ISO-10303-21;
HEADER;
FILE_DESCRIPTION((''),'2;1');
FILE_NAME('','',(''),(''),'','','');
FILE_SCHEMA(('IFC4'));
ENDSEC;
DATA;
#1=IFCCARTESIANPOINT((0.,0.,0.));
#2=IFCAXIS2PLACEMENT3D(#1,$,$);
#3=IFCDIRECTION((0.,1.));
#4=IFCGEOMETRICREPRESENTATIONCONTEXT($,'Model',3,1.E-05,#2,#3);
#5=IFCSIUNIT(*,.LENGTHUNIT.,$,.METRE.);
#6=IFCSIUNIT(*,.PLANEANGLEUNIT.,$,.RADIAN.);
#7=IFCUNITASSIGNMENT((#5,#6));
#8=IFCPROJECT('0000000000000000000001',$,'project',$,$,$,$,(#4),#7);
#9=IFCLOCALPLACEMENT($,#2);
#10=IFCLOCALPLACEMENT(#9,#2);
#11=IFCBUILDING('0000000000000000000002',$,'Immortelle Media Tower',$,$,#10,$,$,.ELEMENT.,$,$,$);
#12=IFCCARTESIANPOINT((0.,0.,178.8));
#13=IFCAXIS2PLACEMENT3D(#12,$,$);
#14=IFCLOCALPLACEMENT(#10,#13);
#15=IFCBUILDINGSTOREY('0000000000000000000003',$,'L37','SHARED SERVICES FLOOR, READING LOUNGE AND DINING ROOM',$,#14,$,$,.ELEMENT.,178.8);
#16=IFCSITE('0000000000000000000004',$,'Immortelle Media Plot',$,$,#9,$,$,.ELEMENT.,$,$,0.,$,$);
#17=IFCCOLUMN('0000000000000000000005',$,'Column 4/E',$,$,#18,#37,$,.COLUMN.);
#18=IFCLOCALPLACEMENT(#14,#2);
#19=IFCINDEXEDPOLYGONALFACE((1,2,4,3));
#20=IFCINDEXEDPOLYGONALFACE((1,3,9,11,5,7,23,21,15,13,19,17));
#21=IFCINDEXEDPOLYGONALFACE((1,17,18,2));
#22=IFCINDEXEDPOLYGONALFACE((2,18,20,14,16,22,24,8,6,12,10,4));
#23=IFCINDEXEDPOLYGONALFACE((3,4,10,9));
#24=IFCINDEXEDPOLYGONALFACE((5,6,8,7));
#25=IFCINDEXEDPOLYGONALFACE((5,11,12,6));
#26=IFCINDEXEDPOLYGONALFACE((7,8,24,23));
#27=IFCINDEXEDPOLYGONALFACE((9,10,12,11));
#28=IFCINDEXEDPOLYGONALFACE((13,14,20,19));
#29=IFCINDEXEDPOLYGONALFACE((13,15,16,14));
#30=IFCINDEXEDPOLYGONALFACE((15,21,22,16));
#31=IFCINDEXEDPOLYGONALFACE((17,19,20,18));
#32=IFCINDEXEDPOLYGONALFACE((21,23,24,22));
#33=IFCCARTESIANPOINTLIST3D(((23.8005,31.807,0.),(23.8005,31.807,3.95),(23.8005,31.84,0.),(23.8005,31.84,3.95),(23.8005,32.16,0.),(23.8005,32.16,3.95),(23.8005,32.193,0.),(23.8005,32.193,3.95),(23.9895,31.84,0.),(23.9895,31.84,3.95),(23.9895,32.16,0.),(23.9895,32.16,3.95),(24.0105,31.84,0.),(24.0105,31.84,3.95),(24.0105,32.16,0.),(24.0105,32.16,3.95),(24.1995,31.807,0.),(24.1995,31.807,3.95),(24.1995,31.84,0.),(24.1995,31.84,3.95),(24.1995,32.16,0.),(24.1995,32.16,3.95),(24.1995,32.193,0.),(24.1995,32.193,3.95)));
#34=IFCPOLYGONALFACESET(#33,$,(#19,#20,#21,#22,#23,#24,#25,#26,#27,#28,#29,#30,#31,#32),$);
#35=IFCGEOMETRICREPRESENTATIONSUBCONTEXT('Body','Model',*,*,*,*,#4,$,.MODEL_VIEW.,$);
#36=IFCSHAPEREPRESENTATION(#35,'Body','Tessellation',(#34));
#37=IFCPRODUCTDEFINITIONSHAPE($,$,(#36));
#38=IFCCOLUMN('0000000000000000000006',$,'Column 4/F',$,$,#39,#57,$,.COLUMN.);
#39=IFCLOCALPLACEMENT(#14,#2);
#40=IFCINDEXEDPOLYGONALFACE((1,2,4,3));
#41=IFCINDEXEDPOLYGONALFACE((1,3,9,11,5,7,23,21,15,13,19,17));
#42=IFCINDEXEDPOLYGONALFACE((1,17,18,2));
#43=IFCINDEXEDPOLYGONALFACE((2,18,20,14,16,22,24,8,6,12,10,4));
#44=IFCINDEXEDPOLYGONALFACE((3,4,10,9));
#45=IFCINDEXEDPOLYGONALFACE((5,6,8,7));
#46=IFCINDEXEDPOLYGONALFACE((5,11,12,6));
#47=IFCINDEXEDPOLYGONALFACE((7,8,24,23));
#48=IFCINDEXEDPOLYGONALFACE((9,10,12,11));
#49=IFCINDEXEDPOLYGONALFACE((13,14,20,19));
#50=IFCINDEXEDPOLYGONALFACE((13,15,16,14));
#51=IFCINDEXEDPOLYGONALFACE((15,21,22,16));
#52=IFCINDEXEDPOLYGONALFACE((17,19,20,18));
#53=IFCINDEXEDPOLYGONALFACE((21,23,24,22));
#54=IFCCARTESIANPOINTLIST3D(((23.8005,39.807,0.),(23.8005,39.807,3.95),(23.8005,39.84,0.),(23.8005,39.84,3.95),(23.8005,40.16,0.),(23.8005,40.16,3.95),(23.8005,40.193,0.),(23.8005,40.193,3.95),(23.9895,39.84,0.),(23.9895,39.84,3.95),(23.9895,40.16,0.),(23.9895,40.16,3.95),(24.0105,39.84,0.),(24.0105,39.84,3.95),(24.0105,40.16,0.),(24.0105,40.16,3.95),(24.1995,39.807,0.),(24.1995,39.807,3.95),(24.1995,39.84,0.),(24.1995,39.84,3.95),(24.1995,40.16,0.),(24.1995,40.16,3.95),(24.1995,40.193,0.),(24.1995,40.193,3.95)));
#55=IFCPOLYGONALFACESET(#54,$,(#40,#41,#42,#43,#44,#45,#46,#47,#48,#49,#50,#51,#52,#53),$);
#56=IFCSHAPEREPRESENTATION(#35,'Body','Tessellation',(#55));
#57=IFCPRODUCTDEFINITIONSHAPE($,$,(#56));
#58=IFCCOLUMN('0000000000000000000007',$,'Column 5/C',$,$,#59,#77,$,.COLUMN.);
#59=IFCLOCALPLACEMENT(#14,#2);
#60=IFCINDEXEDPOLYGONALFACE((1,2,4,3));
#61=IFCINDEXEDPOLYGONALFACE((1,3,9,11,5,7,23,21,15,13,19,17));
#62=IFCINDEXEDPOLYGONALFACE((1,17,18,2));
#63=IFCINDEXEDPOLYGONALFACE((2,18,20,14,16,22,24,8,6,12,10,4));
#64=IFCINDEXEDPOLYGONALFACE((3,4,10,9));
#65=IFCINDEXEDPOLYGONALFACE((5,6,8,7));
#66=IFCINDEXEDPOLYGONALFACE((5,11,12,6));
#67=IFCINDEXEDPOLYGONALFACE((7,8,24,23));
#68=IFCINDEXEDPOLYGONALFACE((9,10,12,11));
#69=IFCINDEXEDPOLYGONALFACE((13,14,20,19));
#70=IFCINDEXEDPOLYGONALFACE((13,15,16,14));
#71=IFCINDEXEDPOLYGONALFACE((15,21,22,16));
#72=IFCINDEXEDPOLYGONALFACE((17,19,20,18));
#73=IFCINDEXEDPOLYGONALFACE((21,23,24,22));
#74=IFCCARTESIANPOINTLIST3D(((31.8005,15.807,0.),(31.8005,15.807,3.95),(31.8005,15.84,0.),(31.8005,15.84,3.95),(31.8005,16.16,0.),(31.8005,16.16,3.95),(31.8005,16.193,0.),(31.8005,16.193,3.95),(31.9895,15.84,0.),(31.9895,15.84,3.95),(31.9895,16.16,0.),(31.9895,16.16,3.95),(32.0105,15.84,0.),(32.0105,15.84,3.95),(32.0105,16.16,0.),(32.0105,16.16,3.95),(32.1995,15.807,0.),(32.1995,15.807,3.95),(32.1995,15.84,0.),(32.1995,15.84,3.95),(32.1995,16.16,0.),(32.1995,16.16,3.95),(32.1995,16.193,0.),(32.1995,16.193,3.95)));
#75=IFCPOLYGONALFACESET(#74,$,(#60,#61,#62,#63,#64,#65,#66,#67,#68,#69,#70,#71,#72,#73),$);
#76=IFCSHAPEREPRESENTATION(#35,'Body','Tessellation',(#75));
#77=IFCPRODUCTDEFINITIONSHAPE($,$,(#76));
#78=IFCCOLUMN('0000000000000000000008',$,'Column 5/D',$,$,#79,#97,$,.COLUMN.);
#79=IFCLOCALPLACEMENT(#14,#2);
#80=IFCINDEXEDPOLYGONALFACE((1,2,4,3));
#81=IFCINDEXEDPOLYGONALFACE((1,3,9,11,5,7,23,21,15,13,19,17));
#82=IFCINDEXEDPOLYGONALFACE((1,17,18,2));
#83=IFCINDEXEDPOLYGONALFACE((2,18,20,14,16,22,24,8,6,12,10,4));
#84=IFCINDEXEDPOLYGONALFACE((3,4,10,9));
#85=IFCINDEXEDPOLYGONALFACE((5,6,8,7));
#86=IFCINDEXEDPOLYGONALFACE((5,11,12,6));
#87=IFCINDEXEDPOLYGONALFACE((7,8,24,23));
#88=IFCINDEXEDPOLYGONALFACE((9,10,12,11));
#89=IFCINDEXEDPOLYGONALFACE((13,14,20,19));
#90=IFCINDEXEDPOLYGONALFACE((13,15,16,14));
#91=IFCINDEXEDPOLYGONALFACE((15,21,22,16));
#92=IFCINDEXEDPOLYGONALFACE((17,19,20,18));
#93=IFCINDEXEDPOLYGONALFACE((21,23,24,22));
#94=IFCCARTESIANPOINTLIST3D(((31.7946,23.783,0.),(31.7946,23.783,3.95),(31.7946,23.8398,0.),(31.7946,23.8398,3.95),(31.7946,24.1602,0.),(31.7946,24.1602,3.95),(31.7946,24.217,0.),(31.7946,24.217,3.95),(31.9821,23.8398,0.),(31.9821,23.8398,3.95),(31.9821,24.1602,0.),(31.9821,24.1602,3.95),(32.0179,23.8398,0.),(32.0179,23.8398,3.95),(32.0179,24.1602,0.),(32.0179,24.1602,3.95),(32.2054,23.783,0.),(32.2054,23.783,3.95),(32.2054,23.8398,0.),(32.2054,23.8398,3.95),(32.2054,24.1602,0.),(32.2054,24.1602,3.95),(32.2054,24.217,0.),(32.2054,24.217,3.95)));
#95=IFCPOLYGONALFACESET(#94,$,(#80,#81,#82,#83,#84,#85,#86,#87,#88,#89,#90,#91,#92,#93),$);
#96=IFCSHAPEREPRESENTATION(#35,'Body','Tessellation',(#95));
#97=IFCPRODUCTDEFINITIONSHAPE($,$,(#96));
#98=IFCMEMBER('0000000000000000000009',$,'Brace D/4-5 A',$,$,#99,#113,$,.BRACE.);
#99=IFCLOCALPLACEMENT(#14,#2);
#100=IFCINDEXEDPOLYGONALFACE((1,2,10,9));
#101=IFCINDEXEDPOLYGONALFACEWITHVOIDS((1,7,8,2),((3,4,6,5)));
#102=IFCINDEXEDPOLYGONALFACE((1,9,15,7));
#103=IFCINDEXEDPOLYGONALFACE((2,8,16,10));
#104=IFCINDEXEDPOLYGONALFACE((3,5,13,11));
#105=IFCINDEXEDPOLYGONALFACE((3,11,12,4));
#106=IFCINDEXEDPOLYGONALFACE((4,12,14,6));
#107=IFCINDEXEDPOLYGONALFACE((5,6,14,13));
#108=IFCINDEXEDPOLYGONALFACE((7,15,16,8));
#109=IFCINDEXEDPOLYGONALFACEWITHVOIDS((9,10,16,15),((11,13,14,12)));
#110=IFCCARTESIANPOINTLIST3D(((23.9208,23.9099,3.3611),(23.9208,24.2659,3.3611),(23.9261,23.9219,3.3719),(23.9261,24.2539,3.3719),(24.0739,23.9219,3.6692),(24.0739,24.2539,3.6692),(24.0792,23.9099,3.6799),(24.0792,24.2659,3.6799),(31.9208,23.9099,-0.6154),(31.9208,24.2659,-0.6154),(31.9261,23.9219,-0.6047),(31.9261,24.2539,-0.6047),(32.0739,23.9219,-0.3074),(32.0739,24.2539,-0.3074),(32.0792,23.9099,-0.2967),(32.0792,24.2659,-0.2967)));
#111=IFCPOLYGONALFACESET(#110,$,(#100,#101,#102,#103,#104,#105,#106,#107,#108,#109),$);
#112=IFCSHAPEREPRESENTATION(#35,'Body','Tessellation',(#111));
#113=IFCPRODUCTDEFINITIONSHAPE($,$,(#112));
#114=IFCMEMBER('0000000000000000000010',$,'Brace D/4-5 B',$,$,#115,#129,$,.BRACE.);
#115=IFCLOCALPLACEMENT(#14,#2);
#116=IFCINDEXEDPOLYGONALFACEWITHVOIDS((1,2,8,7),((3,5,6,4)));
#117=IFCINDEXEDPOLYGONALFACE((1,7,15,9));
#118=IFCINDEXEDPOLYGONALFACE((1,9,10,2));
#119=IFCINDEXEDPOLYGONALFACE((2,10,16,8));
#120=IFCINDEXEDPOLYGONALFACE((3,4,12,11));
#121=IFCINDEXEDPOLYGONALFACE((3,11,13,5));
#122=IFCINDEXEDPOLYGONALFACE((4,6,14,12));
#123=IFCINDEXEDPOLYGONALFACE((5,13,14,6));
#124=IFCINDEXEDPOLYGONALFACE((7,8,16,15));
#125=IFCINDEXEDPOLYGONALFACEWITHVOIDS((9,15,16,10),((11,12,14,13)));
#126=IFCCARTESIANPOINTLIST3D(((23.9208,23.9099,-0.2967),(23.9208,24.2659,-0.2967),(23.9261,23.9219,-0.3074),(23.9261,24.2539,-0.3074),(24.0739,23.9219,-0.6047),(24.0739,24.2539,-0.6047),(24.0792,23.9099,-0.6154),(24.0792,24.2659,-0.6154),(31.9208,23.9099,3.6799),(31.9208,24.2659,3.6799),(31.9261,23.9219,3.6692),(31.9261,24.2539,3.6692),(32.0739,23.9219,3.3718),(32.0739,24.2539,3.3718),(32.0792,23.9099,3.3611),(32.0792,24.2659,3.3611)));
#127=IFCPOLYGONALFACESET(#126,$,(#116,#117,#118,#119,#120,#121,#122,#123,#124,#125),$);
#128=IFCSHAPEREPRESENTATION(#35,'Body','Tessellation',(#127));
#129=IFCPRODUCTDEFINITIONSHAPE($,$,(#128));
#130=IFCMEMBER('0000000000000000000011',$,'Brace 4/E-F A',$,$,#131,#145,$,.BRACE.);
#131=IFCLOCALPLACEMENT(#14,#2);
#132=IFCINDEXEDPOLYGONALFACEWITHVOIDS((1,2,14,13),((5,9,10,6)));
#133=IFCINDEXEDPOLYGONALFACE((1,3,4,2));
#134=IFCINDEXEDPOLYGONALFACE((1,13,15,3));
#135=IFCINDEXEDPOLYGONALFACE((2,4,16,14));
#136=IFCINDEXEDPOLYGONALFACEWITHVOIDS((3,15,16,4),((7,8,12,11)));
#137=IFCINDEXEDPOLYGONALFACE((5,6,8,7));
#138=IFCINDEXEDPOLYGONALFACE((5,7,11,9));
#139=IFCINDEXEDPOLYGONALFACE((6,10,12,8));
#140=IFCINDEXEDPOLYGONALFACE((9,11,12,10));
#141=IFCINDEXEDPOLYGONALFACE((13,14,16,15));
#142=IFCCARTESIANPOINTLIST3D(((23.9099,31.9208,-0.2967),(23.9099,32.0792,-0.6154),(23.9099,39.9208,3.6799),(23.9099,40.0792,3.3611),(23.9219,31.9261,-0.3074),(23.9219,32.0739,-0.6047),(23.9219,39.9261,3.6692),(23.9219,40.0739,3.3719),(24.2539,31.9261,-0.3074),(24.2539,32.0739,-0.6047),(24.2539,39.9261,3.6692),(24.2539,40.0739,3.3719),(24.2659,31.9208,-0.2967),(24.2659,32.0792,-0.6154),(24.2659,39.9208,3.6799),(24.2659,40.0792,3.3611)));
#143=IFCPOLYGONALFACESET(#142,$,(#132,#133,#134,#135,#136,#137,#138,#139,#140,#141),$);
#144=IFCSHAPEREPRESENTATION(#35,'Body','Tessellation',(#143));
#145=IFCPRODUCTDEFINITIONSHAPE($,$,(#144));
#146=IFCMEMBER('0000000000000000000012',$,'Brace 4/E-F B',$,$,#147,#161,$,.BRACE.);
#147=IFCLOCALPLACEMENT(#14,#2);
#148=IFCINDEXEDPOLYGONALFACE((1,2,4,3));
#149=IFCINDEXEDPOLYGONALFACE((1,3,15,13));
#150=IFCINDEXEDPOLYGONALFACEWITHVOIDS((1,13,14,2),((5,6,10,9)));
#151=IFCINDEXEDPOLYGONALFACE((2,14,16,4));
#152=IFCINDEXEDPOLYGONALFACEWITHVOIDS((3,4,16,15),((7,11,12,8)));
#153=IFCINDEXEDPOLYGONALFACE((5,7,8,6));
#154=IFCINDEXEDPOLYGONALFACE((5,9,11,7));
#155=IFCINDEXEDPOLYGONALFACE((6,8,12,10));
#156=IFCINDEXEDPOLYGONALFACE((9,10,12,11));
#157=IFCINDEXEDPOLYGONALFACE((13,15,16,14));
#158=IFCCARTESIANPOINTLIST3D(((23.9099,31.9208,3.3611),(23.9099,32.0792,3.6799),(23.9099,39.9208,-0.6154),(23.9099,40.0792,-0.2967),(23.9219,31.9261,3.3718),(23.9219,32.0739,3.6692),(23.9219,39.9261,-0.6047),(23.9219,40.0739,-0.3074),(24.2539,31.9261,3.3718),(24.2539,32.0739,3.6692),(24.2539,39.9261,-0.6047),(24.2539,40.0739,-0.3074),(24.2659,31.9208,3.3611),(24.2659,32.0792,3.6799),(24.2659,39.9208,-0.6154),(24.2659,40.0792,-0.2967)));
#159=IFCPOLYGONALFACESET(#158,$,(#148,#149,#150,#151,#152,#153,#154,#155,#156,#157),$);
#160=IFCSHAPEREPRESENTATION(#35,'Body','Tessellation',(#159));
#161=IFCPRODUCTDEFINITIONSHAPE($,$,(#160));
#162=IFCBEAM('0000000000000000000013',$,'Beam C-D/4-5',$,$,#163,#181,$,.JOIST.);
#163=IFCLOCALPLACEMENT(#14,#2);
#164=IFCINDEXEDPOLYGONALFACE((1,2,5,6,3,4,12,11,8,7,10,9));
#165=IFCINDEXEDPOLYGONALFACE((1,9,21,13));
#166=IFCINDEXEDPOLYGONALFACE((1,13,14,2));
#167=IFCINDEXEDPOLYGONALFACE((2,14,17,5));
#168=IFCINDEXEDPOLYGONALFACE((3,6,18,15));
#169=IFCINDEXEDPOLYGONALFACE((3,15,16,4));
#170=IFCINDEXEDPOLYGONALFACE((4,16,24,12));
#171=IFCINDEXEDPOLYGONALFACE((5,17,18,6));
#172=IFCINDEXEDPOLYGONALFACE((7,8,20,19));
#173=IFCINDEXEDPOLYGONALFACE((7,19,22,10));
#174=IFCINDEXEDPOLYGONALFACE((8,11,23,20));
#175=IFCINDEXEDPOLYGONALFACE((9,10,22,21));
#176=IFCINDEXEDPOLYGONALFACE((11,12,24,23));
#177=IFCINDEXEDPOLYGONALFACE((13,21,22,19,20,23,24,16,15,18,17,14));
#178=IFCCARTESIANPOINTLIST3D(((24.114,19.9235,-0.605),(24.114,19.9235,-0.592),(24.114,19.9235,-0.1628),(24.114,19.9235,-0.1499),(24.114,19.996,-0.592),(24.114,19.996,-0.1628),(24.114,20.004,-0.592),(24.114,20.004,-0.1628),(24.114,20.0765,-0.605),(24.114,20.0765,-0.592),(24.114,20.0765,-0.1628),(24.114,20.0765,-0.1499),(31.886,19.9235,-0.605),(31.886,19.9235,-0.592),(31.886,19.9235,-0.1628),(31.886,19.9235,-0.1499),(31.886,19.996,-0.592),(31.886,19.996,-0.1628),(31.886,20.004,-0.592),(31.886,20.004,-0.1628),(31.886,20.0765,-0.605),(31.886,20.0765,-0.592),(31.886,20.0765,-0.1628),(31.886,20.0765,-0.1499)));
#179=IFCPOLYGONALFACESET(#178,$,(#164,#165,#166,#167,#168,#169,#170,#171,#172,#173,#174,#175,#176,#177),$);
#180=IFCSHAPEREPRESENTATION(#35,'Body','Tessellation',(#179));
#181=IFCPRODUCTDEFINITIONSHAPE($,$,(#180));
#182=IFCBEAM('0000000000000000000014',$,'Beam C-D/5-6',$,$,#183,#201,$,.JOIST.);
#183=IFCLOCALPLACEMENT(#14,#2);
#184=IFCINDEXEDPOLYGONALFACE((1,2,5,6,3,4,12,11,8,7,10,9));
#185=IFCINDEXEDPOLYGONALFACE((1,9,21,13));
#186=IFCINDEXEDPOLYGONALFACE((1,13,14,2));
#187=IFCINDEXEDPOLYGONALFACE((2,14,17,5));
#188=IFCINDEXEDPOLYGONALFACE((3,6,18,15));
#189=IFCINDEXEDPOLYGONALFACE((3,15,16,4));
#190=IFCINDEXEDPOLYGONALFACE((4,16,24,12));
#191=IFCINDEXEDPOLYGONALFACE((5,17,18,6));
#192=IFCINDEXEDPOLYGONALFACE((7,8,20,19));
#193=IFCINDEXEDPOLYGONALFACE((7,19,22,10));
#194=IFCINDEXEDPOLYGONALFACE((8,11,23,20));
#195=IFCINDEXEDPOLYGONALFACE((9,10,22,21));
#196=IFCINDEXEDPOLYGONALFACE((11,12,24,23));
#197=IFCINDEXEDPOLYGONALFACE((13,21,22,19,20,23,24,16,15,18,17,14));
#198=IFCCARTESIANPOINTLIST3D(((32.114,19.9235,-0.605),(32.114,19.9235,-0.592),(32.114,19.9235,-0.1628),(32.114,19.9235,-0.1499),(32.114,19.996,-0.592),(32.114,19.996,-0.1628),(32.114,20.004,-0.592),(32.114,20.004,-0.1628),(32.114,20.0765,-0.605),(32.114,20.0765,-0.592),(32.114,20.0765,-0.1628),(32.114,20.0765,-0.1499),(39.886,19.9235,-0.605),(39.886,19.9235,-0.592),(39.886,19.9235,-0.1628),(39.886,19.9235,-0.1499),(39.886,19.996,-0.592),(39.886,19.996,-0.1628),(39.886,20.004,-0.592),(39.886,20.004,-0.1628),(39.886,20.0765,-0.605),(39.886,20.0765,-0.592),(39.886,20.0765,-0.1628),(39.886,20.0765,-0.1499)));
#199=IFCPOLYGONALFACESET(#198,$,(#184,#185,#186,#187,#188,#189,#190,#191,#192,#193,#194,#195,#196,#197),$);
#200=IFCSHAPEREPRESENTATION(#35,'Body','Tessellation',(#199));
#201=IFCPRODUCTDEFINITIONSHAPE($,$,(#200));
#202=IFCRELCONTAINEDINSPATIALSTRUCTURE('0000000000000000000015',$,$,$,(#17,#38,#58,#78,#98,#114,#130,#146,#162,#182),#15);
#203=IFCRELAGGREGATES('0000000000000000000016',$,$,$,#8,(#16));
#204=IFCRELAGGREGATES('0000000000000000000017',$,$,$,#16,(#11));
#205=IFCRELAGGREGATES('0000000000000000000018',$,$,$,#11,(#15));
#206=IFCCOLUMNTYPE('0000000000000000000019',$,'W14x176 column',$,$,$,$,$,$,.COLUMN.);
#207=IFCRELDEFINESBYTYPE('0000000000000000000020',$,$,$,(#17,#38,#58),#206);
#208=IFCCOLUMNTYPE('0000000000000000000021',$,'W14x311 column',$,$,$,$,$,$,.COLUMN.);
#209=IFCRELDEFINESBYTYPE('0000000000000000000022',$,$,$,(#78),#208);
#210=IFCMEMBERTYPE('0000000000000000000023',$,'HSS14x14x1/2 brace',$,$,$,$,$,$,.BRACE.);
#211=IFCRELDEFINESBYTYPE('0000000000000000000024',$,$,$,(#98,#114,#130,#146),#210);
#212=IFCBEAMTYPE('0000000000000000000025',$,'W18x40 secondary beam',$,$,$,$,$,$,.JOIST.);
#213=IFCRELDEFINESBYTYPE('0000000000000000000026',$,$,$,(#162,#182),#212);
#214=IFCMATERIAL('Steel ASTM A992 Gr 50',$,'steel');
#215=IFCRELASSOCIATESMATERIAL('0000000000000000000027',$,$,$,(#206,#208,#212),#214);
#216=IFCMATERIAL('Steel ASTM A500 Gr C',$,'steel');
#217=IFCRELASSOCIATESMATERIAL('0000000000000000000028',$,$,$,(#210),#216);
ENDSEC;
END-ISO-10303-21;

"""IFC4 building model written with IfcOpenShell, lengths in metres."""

from ifc_helpers import new_model, si_unit, direction, frame, origin, origin_2d, place, context, subcontext, project, spatial, hollow_rectangle, i_section, extrude, material, material_profile, profile_set, type_object, element, save


model = new_model("IFC4")

# Units and contexts
model_context = context("Model", 3, precision=1e-05, world=origin(), true_north=direction((0.0, 1.0)))
body_context = subcontext(model_context, "Body", "Model", "MODEL_VIEW")
ifc_project = project(units=[si_unit("LENGTHUNIT", "METRE"), si_unit("PLANEANGLEUNIT", "RADIAN")], contexts=[model_context])

# Site, building, storey
site_placement = place(None, origin())
site = spatial("IfcSite", under=ifc_project, at=site_placement, Name="Immortelle Media Plot", CompositionType="ELEMENT", RefElevation=0.0)
building_placement = place(site_placement, origin())
building = spatial("IfcBuilding", under=site, at=building_placement, Name="Immortelle Media Tower", CompositionType="ELEMENT")
storey_placement = place(building_placement, frame((0.0, 0.0, 178.8)))
storey = spatial("IfcBuildingStorey", under=building, at=storey_placement, Name="L37", Description="SHARED SERVICES FLOOR, READING LOUNGE AND DINING ROOM", CompositionType="ELEMENT", Elevation=178.8)

# Columns
ifc_material_1 = material(Name="Steel ASTM A992 Gr 50", Category="steel")
ifc_material_profile_1 = material_profile(ifc_material_1, i_section(OverallWidth=0.3989, OverallDepth=0.386, WebThickness=0.021, FlangeThickness=0.033, at=origin_2d()), Name="W14x176")
ifc_profile_set_1 = profile_set([ifc_material_profile_1], Name="Steel ASTM A992 Gr 50")
column_type_1 = type_object("IfcColumnType", Name="W14x176 column", PredefinedType="COLUMN", material=ifc_profile_set_1)
for number, where, z_axis, x_axis, name in (
    (1, (24.0, 32.0, 0.0), (0.0, 0.0, 1.0), (1.0, 0.0, 0.0), "Column 4/E"),
    (2, (24.0, 40.0, 0.0), (0.0, 0.0, 1.0), (1.0, 0.0, 0.0), "Column 4/F"),
    (3, (32.0, 16.0, 0.0), (0.0, 0.0, 1.0), (1.0, 0.0, 0.0), "Column 5/C"),
):
    element("IfcColumn", number, at=place(storey_placement, frame(where, z_axis=z_axis, x_axis=x_axis)), inside=storey, type_object=column_type_1, Name=name, PredefinedType="COLUMN", context=body_context, shape_type="SweptSolid", body=[
        extrude(i_section(OverallWidth=0.3989, OverallDepth=0.386, WebThickness=0.021, FlangeThickness=0.033, at=origin_2d()), origin(), (0.0, 0.0, 1.0), 3.95),
    ])
ifc_material_profile_2 = material_profile(ifc_material_1, i_section(OverallWidth=0.4109, OverallDepth=0.4341, WebThickness=0.0359, FlangeThickness=0.0569, at=origin_2d()), Name="W14x311")
ifc_profile_set_2 = profile_set([ifc_material_profile_2], Name="Steel ASTM A992 Gr 50")
column_type_2 = type_object("IfcColumnType", Name="W14x311 column", PredefinedType="COLUMN", material=ifc_profile_set_2)
column_placement = place(storey_placement, frame((32.0, 24.0, 0.0), z_axis=(0.0, 0.0, 1.0), x_axis=(1.0, 0.0, 0.0)))
element("IfcColumn", 4, at=column_placement, inside=storey, type_object=column_type_2, Name="Column 5/D", PredefinedType="COLUMN", context=body_context, shape_type="SweptSolid", body=[
    extrude(i_section(OverallWidth=0.4109, OverallDepth=0.4341, WebThickness=0.0359, FlangeThickness=0.0569, at=origin_2d()), origin(), (0.0, 0.0, 1.0), 3.95),
])

# Members
ifc_material_2 = material(Name="Steel ASTM A500 Gr C", Category="steel")
ifc_material_profile_3 = material_profile(ifc_material_2, hollow_rectangle(XDim=0.356, YDim=0.356, WallThickness=0.012, at=origin_2d()), Name="HSS14x14x1/2 brace")
ifc_profile_set_3 = profile_set([ifc_material_profile_3], Name="Steel ASTM A500 Gr C")
member_type = type_object("IfcMemberType", Name="HSS14x14x1/2 brace", PredefinedType="BRACE", material=ifc_profile_set_3)
for number, where, z_axis, x_axis, name in (
    (5, (32.0, 24.0879, -0.4561), (-0.895474, 0.0, 0.445114), (0.0, -1.0, 0.0), "Brace D/4-5 A"),
    (6, (32.0, 24.0879, 3.5205), (-0.895474, 0.0, -0.445114), (0.0, -1.0, 0.0), "Brace D/4-5 B"),
    (7, (24.0879, 32.0, -0.4561), (0.0, 0.895474, 0.445114), (-1.0, 0.0, 0.0), "Brace 4/E-F A"),
    (8, (24.0879, 32.0, 3.5205), (0.0, 0.895474, -0.445114), (-1.0, 0.0, 0.0), "Brace 4/E-F B"),
):
    element("IfcMember", number, at=place(storey_placement, frame(where, z_axis=z_axis, x_axis=x_axis)), inside=storey, type_object=member_type, Name=name, PredefinedType="BRACE", context=body_context, shape_type="SweptSolid", body=[
        extrude(hollow_rectangle(XDim=0.356, YDim=0.356, WallThickness=0.012, at=origin_2d()), origin(), (0.0, 0.0, 1.0), 8.9338),
    ])

# Beams
ifc_material_profile_4 = material_profile(ifc_material_1, i_section(OverallWidth=0.1531, OverallDepth=0.4551, WebThickness=0.0081, FlangeThickness=0.0129, at=origin_2d()), Name="W18x40")
ifc_profile_set_4 = profile_set([ifc_material_profile_4], Name="Steel ASTM A992 Gr 50")
beam_type_1 = type_object("IfcBeamType", Name="W18x40 secondary beam", PredefinedType="JOIST", material=ifc_profile_set_4)
for number, where, z_axis, x_axis, name in (
    (9, (24.114, 20.0, -0.3774), (1.0, 0.0, 0.0), (0.0, 1.0, 0.0), "Beam C-D/4-5"),
    (10, (32.114, 20.0, -0.3774), (1.0, 0.0, 0.0), (0.0, 1.0, 0.0), "Beam C-D/5-6"),
):
    element("IfcBeam", number, at=place(storey_placement, frame(where, z_axis=z_axis, x_axis=x_axis)), inside=storey, type_object=beam_type_1, Name=name, PredefinedType="JOIST", context=body_context, shape_type="SweptSolid", body=[
        extrude(i_section(OverallWidth=0.1531, OverallDepth=0.4551, WebThickness=0.0081, FlangeThickness=0.0129, at=origin_2d()), origin(), (0.0, 0.0, 1.0), 7.772),
    ])

save(model, "model.ifc")
